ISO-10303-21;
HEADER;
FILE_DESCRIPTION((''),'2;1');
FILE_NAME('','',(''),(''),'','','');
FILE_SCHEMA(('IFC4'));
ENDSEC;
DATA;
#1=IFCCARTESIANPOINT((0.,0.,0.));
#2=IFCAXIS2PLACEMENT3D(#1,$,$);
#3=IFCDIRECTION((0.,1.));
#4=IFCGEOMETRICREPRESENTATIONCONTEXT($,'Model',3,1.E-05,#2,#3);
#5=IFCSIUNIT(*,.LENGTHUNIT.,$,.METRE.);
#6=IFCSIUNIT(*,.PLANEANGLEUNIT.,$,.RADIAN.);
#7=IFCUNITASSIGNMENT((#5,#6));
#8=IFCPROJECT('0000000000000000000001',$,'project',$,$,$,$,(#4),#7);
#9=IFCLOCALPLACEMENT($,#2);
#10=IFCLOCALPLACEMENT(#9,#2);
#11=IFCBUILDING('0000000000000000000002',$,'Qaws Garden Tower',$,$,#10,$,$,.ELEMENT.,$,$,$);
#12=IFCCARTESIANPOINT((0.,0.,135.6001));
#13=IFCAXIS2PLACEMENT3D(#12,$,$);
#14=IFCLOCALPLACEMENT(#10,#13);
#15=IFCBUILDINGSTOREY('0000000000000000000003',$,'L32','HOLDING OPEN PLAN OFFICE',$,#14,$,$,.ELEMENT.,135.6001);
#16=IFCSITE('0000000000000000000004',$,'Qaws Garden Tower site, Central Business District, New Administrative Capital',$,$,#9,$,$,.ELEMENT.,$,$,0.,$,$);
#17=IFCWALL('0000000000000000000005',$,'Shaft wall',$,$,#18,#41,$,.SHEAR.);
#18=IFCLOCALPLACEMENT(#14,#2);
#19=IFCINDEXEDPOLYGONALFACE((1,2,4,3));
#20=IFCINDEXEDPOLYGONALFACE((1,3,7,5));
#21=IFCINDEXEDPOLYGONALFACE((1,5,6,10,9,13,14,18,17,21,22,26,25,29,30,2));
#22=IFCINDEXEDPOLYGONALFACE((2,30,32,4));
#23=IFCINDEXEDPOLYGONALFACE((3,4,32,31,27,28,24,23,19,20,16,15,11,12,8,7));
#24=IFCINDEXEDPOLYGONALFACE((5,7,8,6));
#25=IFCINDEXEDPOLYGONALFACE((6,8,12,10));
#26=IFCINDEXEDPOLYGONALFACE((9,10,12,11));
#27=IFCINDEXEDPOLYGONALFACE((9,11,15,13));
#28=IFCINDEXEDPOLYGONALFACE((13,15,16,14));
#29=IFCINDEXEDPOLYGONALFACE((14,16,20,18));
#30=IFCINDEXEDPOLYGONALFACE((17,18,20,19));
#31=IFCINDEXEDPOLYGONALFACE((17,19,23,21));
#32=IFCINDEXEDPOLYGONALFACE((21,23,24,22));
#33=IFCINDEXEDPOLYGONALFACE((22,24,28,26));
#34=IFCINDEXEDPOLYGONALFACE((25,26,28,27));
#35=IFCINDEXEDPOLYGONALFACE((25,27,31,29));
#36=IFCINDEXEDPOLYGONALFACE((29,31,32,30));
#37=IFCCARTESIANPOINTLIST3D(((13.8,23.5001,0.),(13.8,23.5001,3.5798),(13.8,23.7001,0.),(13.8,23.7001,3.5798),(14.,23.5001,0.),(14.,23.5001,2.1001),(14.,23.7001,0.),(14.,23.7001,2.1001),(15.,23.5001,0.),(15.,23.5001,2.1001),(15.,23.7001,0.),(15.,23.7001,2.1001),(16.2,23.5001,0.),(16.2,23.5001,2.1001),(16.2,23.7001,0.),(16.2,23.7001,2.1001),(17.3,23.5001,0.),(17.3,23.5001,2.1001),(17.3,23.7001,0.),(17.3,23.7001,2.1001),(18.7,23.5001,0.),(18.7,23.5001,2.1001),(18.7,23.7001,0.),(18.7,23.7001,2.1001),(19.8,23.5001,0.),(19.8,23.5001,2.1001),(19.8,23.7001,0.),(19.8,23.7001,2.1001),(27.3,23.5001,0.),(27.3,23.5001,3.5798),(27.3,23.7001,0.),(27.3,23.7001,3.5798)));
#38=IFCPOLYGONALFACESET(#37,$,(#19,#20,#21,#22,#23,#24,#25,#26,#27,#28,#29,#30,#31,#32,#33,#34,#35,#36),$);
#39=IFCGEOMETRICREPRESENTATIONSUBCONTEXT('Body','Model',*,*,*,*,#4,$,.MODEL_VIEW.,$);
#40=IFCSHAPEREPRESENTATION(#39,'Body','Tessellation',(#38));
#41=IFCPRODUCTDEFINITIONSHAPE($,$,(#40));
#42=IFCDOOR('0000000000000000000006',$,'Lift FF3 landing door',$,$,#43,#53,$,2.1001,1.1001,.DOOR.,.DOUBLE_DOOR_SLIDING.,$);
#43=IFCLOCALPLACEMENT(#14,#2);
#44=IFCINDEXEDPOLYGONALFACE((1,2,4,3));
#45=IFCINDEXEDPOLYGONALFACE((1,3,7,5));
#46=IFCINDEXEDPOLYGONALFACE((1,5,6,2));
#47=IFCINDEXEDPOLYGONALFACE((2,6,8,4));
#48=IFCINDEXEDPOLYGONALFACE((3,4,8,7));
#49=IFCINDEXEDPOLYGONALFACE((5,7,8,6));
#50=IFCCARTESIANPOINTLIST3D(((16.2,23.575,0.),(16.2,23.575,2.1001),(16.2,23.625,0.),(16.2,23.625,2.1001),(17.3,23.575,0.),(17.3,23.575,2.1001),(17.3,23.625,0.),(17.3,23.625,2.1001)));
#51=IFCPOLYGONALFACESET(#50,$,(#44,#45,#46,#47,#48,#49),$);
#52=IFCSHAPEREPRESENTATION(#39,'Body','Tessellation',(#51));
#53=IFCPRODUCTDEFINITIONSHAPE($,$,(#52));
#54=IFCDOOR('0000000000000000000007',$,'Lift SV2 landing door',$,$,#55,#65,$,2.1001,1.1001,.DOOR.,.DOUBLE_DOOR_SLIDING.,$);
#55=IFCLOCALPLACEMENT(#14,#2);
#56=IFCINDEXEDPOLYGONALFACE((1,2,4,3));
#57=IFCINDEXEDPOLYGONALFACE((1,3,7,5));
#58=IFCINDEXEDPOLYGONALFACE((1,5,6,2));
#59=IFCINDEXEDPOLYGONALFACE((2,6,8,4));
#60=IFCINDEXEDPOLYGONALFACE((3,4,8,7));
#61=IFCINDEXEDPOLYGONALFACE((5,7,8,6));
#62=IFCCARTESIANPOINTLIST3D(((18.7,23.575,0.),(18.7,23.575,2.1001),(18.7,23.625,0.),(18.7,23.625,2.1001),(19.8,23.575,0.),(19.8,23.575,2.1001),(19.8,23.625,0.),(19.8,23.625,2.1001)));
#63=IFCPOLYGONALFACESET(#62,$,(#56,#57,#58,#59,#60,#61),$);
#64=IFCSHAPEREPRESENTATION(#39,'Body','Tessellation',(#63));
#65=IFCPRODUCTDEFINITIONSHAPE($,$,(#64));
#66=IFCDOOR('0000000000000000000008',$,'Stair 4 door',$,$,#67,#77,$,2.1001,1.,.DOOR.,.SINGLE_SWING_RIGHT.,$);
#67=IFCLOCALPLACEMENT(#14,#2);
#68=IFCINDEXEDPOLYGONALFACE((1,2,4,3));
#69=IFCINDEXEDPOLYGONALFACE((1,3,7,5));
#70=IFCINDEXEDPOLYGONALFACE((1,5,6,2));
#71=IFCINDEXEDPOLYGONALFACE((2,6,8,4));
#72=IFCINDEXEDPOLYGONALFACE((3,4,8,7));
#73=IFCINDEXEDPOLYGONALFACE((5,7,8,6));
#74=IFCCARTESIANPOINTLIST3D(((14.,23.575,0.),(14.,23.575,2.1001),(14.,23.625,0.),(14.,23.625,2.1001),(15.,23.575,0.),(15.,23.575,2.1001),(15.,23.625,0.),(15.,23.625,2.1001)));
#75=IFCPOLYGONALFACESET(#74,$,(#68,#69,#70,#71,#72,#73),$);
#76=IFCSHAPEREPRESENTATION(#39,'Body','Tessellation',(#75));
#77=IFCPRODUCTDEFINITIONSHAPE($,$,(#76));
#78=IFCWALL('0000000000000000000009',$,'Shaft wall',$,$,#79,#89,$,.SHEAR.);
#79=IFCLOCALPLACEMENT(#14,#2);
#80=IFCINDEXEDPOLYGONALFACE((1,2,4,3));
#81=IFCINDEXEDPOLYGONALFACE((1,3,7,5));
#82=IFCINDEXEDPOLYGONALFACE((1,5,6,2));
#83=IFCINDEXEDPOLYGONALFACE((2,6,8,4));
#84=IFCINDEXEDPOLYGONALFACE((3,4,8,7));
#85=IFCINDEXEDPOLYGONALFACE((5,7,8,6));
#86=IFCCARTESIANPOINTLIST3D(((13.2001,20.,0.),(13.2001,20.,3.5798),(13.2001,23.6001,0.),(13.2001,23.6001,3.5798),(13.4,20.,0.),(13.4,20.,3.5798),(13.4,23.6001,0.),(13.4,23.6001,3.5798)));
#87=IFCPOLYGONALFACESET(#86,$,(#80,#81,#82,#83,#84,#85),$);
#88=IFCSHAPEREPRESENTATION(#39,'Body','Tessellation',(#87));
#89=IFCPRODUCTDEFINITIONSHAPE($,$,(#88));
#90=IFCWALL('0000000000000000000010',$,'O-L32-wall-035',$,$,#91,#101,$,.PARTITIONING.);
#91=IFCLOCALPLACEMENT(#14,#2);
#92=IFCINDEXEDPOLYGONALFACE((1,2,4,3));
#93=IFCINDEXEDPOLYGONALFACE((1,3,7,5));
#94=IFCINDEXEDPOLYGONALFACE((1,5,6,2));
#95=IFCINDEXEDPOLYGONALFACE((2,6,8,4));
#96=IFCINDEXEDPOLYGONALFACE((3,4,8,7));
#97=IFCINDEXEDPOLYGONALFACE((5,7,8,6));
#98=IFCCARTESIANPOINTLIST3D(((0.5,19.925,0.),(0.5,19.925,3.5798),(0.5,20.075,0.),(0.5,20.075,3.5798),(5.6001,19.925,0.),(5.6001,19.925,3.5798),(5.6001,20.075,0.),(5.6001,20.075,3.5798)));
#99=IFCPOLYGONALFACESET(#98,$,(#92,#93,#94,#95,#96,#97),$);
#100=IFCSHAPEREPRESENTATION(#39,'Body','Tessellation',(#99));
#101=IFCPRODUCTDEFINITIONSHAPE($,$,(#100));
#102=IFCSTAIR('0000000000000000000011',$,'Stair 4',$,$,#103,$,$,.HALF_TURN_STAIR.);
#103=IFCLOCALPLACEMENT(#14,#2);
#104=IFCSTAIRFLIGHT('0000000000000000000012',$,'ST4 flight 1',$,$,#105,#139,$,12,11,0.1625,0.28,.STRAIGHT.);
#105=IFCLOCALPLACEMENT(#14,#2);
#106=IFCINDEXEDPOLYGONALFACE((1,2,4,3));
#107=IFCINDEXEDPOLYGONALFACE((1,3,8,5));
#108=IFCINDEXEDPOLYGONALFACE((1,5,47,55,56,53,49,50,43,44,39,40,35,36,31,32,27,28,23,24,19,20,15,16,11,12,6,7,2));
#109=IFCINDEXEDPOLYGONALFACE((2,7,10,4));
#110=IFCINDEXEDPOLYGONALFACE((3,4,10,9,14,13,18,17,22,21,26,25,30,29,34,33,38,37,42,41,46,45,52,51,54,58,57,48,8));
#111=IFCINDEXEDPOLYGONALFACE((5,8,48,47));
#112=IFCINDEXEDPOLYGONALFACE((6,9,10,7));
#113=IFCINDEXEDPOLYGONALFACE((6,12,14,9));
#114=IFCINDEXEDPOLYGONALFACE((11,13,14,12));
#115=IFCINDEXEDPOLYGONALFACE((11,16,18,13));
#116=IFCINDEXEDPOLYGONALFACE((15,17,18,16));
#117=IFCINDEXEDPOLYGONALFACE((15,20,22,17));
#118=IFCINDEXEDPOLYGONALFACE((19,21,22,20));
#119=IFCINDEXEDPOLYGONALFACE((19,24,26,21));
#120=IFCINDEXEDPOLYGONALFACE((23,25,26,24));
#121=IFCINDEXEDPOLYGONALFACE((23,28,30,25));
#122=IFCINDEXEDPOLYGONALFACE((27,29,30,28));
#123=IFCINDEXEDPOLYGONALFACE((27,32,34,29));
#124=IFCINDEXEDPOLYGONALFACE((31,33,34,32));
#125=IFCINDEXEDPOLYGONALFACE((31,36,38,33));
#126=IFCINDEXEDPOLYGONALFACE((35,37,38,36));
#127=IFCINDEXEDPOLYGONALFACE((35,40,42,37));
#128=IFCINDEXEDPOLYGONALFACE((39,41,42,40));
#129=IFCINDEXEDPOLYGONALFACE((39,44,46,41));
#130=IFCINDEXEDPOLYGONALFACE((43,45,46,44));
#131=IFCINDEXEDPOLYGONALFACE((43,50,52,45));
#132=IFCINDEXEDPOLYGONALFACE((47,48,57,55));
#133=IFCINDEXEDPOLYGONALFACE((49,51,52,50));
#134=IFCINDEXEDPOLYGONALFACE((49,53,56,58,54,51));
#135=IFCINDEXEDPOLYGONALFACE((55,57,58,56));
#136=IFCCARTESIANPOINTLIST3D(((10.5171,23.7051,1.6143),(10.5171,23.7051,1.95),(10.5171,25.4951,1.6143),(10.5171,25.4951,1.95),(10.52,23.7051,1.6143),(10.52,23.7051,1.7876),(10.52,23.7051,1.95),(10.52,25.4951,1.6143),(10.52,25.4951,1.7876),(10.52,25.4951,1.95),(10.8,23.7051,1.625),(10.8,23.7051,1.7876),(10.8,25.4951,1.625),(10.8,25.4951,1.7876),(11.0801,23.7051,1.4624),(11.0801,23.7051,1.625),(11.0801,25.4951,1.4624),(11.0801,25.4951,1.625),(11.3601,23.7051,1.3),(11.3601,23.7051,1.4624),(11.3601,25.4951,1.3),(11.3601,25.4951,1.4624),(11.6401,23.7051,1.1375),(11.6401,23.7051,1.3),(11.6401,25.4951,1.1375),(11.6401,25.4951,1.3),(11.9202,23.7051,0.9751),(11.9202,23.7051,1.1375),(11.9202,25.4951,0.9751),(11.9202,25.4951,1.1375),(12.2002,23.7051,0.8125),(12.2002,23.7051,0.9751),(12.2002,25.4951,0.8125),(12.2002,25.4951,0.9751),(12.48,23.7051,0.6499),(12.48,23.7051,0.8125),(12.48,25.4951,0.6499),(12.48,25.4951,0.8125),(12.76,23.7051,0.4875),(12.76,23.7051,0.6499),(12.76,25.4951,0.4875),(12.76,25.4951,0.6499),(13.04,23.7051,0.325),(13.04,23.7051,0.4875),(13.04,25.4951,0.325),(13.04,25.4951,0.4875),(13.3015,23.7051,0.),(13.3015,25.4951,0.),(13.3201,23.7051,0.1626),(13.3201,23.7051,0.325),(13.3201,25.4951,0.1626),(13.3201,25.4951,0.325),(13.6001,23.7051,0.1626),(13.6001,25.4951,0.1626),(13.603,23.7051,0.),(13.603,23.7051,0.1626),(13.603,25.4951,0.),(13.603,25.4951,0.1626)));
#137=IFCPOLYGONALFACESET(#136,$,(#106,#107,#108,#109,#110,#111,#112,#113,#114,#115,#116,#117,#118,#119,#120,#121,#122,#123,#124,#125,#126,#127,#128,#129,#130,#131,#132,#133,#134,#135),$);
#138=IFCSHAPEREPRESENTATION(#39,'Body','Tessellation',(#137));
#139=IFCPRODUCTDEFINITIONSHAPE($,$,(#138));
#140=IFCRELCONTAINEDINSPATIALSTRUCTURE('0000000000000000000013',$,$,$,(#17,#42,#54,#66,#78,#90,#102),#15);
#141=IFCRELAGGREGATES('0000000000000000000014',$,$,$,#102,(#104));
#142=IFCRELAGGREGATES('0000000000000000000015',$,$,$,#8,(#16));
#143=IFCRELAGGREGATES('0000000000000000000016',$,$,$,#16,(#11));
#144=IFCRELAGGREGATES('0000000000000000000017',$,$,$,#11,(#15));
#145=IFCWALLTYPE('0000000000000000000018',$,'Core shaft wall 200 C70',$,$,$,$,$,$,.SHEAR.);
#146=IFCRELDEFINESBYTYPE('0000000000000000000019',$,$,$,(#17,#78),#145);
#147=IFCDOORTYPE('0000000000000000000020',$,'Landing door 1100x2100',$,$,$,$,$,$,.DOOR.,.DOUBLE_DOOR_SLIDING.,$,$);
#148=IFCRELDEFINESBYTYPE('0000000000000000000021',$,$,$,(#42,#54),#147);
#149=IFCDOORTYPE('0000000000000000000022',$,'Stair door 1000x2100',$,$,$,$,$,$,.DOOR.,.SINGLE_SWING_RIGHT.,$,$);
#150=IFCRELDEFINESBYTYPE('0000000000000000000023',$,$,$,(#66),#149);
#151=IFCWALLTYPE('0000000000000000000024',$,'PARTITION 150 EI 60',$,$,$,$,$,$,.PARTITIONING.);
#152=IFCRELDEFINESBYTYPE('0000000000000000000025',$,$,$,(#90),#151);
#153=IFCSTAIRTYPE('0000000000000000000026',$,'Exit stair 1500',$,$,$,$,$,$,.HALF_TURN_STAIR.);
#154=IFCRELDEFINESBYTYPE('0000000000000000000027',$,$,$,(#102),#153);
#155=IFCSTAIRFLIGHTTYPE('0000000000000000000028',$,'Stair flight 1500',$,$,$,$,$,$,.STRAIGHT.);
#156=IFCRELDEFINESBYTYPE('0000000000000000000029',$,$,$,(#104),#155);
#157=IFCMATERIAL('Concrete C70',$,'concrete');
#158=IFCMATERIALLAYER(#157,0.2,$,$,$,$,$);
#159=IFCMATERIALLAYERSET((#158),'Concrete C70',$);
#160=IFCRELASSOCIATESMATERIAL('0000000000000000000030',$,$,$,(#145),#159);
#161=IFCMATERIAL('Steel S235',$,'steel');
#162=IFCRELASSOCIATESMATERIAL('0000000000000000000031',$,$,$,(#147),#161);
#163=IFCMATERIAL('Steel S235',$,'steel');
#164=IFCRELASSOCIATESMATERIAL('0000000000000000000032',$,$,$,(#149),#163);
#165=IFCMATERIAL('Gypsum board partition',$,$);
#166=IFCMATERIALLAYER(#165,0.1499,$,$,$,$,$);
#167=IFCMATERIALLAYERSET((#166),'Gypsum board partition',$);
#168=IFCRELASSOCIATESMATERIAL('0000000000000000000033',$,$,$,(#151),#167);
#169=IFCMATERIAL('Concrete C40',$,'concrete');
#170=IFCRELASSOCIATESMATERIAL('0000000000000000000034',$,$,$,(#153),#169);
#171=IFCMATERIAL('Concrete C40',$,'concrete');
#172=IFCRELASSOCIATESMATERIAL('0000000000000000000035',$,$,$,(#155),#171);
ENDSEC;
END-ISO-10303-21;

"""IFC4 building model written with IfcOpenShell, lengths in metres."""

from ifc_helpers import new_model, si_unit, direction, frame, frame_2d, origin, place, context, subcontext, project, spatial, polyline, rectangle, outline, extrude, material, layer, layer_set, type_object, element, fill, aggregate, save


model = new_model("IFC4")

# Units and contexts
model_context = context("Model", 3, precision=1e-05, world=origin(), true_north=direction((0.0, 1.0)))
body_context = subcontext(model_context, "Body", "Model", "MODEL_VIEW")
ifc_project = project(units=[si_unit("LENGTHUNIT", "METRE"), si_unit("PLANEANGLEUNIT", "RADIAN")], contexts=[model_context])

# Site, building, storey
site_placement = place(None, origin())
site = spatial("IfcSite", under=ifc_project, at=site_placement, Name="Qaws Garden Tower site, Central Business District, New Administrative Capital", CompositionType="ELEMENT", RefElevation=0.0)
building_placement = place(site_placement, origin())
building = spatial("IfcBuilding", under=site, at=building_placement, Name="Qaws Garden Tower", CompositionType="ELEMENT")
storey_placement = place(building_placement, frame((0.0, 0.0, 135.6001)))
storey = spatial("IfcBuildingStorey", under=building, at=storey_placement, Name="L32", Description="HOLDING OPEN PLAN OFFICE", CompositionType="ELEMENT", Elevation=135.6001)

# Shared definitions
ifc_material_1 = material(Name="Concrete C70", Category="concrete")
ifc_layer_1 = layer(ifc_material_1, 0.2)
ifc_layer_set_1 = layer_set([ifc_layer_1], Name="Concrete C70")
wall_type_1 = type_object("IfcWallType", Name="Core shaft wall 200 C70", PredefinedType="SHEAR", material=ifc_layer_set_1)

# Wall, openings, doors
wall_1_placement = place(storey_placement, frame((13.8, 23.6001, 0.0), z_axis=(0.0, 0.0, 1.0), x_axis=(1.0, 0.0, 0.0)))
wall_1 = element("IfcWall", 1, at=wall_1_placement, inside=storey, type_object=wall_type_1, Name="Shaft wall", PredefinedType="SHEAR", context=body_context, shape_type="SweptSolid", body=[
    extrude(rectangle(XDim=13.5, YDim=0.2, at=frame_2d((6.75, 0.0))), origin(), (0.0, 0.0, 1.0), 3.5798),
])
opening_1_placement = place(wall_1_placement, frame((2.3999, 0.0, 0.0)))
opening_1 = element("IfcOpeningElement", 2, at=opening_1_placement, cuts=wall_1, PredefinedType="OPENING", context=body_context, shape_type="SweptSolid", body=[
    extrude(rectangle(XDim=1.1001, YDim=2.1001, at=frame_2d((0.55, 1.05))), frame((0.0, 0.1099, 0.0), z_axis=(0.0, -1.0, 0.0), x_axis=(1.0, 0.0, 0.0)), (0.0, 0.0, 1.0), 0.22),
])
opening_2_placement = place(wall_1_placement, frame((4.8999, 0.0, 0.0)))
opening_2 = element("IfcOpeningElement", 3, at=opening_2_placement, cuts=wall_1, PredefinedType="OPENING", context=body_context, shape_type="SweptSolid", body=[
    extrude(rectangle(XDim=1.1001, YDim=2.1001, at=frame_2d((0.55, 1.05))), frame((0.0, 0.1099, 0.0), z_axis=(0.0, -1.0, 0.0), x_axis=(1.0, 0.0, 0.0)), (0.0, 0.0, 1.0), 0.22),
])
opening_3_placement = place(wall_1_placement, frame((0.2, 0.0, 0.0)))
opening_3 = element("IfcOpeningElement", 4, at=opening_3_placement, cuts=wall_1, PredefinedType="OPENING", context=body_context, shape_type="SweptSolid", body=[
    extrude(rectangle(XDim=1.0, YDim=2.1001, at=frame_2d((0.5, 1.05))), frame((0.0, 0.1099, 0.0), z_axis=(0.0, -1.0, 0.0), x_axis=(1.0, 0.0, 0.0)), (0.0, 0.0, 1.0), 0.22),
])
ifc_material_2 = material(Name="Steel S235", Category="steel")
door_type_1 = type_object("IfcDoorType", Name="Landing door 1100x2100", OperationType="DOUBLE_DOOR_SLIDING", PredefinedType="DOOR", material=ifc_material_2)
door_1_placement = place(opening_1_placement, origin())
door_1 = element("IfcDoor", 5, at=door_1_placement, inside=storey, type_object=door_type_1, Name="Lift FF3 landing door", OperationType="DOUBLE_DOOR_SLIDING", OverallHeight=2.1001, OverallWidth=1.1001, PredefinedType="DOOR", context=body_context, shape_type="SweptSolid", body=[
    extrude(rectangle(XDim=1.1001, YDim=2.1001, at=frame_2d((0.55, 1.05))), frame((0.0, 0.0249, 0.0), z_axis=(0.0, -1.0, 0.0), x_axis=(1.0, 0.0, 0.0)), (0.0, 0.0, 1.0), 0.05),
])
fill(opening_1, door_1)
door_2_placement = place(opening_2_placement, origin())
door_2 = element("IfcDoor", 6, at=door_2_placement, inside=storey, type_object=door_type_1, Name="Lift SV2 landing door", OperationType="DOUBLE_DOOR_SLIDING", OverallHeight=2.1001, OverallWidth=1.1001, PredefinedType="DOOR", context=body_context, shape_type="SweptSolid", body=[
    extrude(rectangle(XDim=1.1001, YDim=2.1001, at=frame_2d((0.55, 1.05))), frame((0.0, 0.0249, 0.0), z_axis=(0.0, -1.0, 0.0), x_axis=(1.0, 0.0, 0.0)), (0.0, 0.0, 1.0), 0.05),
])
fill(opening_2, door_2)
ifc_material_3 = material(Name="Steel S235", Category="steel")
door_type_2 = type_object("IfcDoorType", Name="Stair door 1000x2100", OperationType="SINGLE_SWING_RIGHT", PredefinedType="DOOR", material=ifc_material_3)
door_3_placement = place(opening_3_placement, origin())
door_3 = element("IfcDoor", 7, at=door_3_placement, inside=storey, type_object=door_type_2, Name="Stair 4 door", OperationType="SINGLE_SWING_RIGHT", OverallHeight=2.1001, OverallWidth=1.0, PredefinedType="DOOR", context=body_context, shape_type="SweptSolid", body=[
    extrude(rectangle(XDim=1.0, YDim=2.1001, at=frame_2d((0.5, 1.05))), frame((0.0, 0.0249, 0.0), z_axis=(0.0, -1.0, 0.0), x_axis=(1.0, 0.0, 0.0)), (0.0, 0.0, 1.0), 0.05),
])
fill(opening_3, door_3)

# Walls
wall_2_placement = place(storey_placement, frame((13.3, 20.0, 0.0), z_axis=(0.0, 0.0, 1.0), x_axis=(0.0, 1.0, 0.0)))
element("IfcWall", 8, at=wall_2_placement, inside=storey, type_object=wall_type_1, Name="Shaft wall", PredefinedType="SHEAR", context=body_context, shape_type="SweptSolid", body=[
    extrude(rectangle(XDim=3.6001, YDim=0.2, at=frame_2d((1.8, 0.0))), origin(), (0.0, 0.0, 1.0), 3.5798),
])
ifc_material_4 = material(Name="Gypsum board partition")
ifc_layer_2 = layer(ifc_material_4, 0.1499)
ifc_layer_set_2 = layer_set([ifc_layer_2], Name="Gypsum board partition")
wall_type_2 = type_object("IfcWallType", Name="PARTITION 150 EI 60", PredefinedType="PARTITIONING", material=ifc_layer_set_2)
wall_3_placement = place(storey_placement, frame((0.5, 20.0, 0.0), z_axis=(0.0, 0.0, 1.0), x_axis=(1.0, 0.0, 0.0)))
element("IfcWall", 9, at=wall_3_placement, inside=storey, type_object=wall_type_2, Name="O-L32-wall-035", PredefinedType="PARTITIONING", context=body_context, shape_type="SweptSolid", body=[
    extrude(rectangle(XDim=5.1001, YDim=0.1499, at=frame_2d((2.55, 0.0))), origin(), (0.0, 0.0, 1.0), 3.5798),
])

# Stair, stair flight
ifc_material_5 = material(Name="Concrete C40", Category="concrete")
stair_type = type_object("IfcStairType", Name="Exit stair 1500", PredefinedType="HALF_TURN_STAIR", material=ifc_material_5)
stair_placement = place(storey_placement, origin())
stair = element("IfcStair", 10, at=stair_placement, inside=storey, type_object=stair_type, Name="Stair 4", PredefinedType="HALF_TURN_STAIR")
ifc_material_6 = material(Name="Concrete C40", Category="concrete")
stair_flight_type = type_object("IfcStairFlightType", Name="Stair flight 1500", PredefinedType="STRAIGHT", material=ifc_material_6)
stair_flight_placement = place(storey_placement, frame((13.6001, 24.6001, 0.0), z_axis=(0.0, 0.0, 1.0), x_axis=(-1.0, 0.0, 0.0)))
stair_flight = element("IfcStairFlight", 11, at=stair_flight_placement, type_object=stair_flight_type, Name="ST4 flight 1", NumberOfRisers=12, NumberOfTreads=11, PredefinedType="STRAIGHT", RiserHeight=0.1625, TreadLength=0.28, context=body_context, shape_type="SweptSolid", body=[
    extrude(outline(polyline([(-0.0029, 0.0), (-0.0029, 0.1626), (0.0, 0.1626), (0.28, 0.1626), (0.28, 0.325), (0.5601, 0.325), (0.5601, 0.4875), (0.8401, 0.4875), (0.8401, 0.6499), (1.1201, 0.6499), (1.1201, 0.8125), (1.3999, 0.8125), (1.3999, 0.9751), (1.6799, 0.9751), (1.6799, 1.1375), (1.96, 1.1375), (1.96, 1.3), (2.24, 1.3), (2.24, 1.4624), (2.52, 1.4624), (2.52, 1.625), (2.8, 1.625), (2.8, 1.7876), (3.0801, 1.7876), (3.0801, 1.95), (3.083, 1.95), (3.083, 1.6143), (3.0801, 1.6143), (0.2986, 0.0), (-0.0029, 0.0)])), frame((0.0, 0.895, 0.0), z_axis=(0.0, -1.0, 0.0), x_axis=(1.0, 0.0, 0.0)), (0.0, 0.0, 1.0), 1.79),
])
aggregate(stair, [stair_flight])

save(model, "model.ifc")
